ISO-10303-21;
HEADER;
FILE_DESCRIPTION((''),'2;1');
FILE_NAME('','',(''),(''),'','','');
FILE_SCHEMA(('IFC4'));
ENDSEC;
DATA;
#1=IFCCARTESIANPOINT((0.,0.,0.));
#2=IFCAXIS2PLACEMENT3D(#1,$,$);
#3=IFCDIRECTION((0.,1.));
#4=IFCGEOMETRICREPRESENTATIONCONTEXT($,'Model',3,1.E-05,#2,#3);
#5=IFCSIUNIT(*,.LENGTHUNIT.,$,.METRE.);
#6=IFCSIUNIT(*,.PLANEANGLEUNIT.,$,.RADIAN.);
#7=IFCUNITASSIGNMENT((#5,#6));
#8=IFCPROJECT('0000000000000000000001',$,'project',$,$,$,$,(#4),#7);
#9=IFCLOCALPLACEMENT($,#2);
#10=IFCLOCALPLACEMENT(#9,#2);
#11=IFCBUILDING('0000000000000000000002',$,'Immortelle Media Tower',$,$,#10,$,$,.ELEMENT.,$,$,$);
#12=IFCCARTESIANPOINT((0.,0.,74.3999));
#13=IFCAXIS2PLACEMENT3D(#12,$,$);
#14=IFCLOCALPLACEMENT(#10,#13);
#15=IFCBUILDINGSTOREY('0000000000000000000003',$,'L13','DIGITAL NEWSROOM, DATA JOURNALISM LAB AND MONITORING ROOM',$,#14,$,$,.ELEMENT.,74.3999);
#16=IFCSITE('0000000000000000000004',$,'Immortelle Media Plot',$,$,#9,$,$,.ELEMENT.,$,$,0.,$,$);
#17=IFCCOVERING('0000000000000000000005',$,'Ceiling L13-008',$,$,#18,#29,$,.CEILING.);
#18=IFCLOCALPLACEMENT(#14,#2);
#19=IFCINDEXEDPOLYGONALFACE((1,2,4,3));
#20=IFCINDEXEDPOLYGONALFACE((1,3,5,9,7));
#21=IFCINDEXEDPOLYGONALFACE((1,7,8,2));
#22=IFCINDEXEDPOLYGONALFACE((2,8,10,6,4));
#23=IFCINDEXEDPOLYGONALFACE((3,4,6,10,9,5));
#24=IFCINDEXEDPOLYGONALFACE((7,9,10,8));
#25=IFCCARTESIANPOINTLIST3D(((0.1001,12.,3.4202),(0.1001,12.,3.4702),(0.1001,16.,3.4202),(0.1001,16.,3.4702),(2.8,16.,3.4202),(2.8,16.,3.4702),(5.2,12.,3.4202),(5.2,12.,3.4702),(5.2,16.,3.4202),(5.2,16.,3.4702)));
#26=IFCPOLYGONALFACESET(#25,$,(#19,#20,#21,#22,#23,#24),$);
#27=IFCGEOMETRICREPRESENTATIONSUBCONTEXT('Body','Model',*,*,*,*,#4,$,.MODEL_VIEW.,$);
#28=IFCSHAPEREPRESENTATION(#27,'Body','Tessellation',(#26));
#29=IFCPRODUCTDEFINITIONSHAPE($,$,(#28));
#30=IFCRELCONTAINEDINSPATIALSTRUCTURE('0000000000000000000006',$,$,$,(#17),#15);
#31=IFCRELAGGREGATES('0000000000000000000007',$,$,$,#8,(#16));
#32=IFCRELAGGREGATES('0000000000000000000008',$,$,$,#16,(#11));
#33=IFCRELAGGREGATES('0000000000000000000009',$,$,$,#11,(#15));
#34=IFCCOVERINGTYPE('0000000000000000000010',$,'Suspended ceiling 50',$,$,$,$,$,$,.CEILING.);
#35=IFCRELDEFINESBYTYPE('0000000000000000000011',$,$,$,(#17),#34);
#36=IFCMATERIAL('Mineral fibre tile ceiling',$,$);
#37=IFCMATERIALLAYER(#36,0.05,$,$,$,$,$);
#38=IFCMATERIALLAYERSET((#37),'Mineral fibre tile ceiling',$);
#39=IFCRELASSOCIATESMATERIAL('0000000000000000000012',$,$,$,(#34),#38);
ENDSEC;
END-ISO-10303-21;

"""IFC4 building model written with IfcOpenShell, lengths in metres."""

from ifc_helpers import new_model, si_unit, direction, frame, origin, place, context, subcontext, project, spatial, polyline, outline, extrude, material, layer, layer_set, type_object, element, save


model = new_model("IFC4")

# Units and contexts
model_context = context("Model", 3, precision=1e-05, world=origin(), true_north=direction((0.0, 1.0)))
body_context = subcontext(model_context, "Body", "Model", "MODEL_VIEW")
ifc_project = project(units=[si_unit("LENGTHUNIT", "METRE"), si_unit("PLANEANGLEUNIT", "RADIAN")], contexts=[model_context])

# Site, building, storey
site_placement = place(None, origin())
site = spatial("IfcSite", under=ifc_project, at=site_placement, Name="Immortelle Media Plot", CompositionType="ELEMENT", RefElevation=0.0)
building_placement = place(site_placement, origin())
building = spatial("IfcBuilding", under=site, at=building_placement, Name="Immortelle Media Tower", CompositionType="ELEMENT")
storey_placement = place(building_placement, frame((0.0, 0.0, 74.3999)))
storey = spatial("IfcBuildingStorey", under=building, at=storey_placement, Name="L13", Description="DIGITAL NEWSROOM, DATA JOURNALISM LAB AND MONITORING ROOM", CompositionType="ELEMENT", Elevation=74.3999)

# Covering
ifc_material_1 = material(Name="Mineral fibre tile ceiling")
ifc_layer_1 = layer(ifc_material_1, 0.05)
ifc_layer_set_1 = layer_set([ifc_layer_1], Name="Mineral fibre tile ceiling")
covering_type = type_object("IfcCoveringType", Name="Suspended ceiling 50", PredefinedType="CEILING", material=ifc_layer_set_1)
covering_1_placement = place(storey_placement, frame((0.0, 0.0, 3.4202)))
element("IfcCovering", 1, at=covering_1_placement, inside=storey, type_object=covering_type, Name="Ceiling L13-008", PredefinedType="CEILING", context=body_context, shape_type="SweptSolid", body=[
    extrude(outline(polyline([(0.1001, 16.0), (2.8, 16.0), (5.2, 16.0), (5.2, 12.0), (0.1001, 12.0), (0.1001, 16.0)])), origin(), (0.0, 0.0, 1.0), 0.05),
])

save(model, "model.ifc")
